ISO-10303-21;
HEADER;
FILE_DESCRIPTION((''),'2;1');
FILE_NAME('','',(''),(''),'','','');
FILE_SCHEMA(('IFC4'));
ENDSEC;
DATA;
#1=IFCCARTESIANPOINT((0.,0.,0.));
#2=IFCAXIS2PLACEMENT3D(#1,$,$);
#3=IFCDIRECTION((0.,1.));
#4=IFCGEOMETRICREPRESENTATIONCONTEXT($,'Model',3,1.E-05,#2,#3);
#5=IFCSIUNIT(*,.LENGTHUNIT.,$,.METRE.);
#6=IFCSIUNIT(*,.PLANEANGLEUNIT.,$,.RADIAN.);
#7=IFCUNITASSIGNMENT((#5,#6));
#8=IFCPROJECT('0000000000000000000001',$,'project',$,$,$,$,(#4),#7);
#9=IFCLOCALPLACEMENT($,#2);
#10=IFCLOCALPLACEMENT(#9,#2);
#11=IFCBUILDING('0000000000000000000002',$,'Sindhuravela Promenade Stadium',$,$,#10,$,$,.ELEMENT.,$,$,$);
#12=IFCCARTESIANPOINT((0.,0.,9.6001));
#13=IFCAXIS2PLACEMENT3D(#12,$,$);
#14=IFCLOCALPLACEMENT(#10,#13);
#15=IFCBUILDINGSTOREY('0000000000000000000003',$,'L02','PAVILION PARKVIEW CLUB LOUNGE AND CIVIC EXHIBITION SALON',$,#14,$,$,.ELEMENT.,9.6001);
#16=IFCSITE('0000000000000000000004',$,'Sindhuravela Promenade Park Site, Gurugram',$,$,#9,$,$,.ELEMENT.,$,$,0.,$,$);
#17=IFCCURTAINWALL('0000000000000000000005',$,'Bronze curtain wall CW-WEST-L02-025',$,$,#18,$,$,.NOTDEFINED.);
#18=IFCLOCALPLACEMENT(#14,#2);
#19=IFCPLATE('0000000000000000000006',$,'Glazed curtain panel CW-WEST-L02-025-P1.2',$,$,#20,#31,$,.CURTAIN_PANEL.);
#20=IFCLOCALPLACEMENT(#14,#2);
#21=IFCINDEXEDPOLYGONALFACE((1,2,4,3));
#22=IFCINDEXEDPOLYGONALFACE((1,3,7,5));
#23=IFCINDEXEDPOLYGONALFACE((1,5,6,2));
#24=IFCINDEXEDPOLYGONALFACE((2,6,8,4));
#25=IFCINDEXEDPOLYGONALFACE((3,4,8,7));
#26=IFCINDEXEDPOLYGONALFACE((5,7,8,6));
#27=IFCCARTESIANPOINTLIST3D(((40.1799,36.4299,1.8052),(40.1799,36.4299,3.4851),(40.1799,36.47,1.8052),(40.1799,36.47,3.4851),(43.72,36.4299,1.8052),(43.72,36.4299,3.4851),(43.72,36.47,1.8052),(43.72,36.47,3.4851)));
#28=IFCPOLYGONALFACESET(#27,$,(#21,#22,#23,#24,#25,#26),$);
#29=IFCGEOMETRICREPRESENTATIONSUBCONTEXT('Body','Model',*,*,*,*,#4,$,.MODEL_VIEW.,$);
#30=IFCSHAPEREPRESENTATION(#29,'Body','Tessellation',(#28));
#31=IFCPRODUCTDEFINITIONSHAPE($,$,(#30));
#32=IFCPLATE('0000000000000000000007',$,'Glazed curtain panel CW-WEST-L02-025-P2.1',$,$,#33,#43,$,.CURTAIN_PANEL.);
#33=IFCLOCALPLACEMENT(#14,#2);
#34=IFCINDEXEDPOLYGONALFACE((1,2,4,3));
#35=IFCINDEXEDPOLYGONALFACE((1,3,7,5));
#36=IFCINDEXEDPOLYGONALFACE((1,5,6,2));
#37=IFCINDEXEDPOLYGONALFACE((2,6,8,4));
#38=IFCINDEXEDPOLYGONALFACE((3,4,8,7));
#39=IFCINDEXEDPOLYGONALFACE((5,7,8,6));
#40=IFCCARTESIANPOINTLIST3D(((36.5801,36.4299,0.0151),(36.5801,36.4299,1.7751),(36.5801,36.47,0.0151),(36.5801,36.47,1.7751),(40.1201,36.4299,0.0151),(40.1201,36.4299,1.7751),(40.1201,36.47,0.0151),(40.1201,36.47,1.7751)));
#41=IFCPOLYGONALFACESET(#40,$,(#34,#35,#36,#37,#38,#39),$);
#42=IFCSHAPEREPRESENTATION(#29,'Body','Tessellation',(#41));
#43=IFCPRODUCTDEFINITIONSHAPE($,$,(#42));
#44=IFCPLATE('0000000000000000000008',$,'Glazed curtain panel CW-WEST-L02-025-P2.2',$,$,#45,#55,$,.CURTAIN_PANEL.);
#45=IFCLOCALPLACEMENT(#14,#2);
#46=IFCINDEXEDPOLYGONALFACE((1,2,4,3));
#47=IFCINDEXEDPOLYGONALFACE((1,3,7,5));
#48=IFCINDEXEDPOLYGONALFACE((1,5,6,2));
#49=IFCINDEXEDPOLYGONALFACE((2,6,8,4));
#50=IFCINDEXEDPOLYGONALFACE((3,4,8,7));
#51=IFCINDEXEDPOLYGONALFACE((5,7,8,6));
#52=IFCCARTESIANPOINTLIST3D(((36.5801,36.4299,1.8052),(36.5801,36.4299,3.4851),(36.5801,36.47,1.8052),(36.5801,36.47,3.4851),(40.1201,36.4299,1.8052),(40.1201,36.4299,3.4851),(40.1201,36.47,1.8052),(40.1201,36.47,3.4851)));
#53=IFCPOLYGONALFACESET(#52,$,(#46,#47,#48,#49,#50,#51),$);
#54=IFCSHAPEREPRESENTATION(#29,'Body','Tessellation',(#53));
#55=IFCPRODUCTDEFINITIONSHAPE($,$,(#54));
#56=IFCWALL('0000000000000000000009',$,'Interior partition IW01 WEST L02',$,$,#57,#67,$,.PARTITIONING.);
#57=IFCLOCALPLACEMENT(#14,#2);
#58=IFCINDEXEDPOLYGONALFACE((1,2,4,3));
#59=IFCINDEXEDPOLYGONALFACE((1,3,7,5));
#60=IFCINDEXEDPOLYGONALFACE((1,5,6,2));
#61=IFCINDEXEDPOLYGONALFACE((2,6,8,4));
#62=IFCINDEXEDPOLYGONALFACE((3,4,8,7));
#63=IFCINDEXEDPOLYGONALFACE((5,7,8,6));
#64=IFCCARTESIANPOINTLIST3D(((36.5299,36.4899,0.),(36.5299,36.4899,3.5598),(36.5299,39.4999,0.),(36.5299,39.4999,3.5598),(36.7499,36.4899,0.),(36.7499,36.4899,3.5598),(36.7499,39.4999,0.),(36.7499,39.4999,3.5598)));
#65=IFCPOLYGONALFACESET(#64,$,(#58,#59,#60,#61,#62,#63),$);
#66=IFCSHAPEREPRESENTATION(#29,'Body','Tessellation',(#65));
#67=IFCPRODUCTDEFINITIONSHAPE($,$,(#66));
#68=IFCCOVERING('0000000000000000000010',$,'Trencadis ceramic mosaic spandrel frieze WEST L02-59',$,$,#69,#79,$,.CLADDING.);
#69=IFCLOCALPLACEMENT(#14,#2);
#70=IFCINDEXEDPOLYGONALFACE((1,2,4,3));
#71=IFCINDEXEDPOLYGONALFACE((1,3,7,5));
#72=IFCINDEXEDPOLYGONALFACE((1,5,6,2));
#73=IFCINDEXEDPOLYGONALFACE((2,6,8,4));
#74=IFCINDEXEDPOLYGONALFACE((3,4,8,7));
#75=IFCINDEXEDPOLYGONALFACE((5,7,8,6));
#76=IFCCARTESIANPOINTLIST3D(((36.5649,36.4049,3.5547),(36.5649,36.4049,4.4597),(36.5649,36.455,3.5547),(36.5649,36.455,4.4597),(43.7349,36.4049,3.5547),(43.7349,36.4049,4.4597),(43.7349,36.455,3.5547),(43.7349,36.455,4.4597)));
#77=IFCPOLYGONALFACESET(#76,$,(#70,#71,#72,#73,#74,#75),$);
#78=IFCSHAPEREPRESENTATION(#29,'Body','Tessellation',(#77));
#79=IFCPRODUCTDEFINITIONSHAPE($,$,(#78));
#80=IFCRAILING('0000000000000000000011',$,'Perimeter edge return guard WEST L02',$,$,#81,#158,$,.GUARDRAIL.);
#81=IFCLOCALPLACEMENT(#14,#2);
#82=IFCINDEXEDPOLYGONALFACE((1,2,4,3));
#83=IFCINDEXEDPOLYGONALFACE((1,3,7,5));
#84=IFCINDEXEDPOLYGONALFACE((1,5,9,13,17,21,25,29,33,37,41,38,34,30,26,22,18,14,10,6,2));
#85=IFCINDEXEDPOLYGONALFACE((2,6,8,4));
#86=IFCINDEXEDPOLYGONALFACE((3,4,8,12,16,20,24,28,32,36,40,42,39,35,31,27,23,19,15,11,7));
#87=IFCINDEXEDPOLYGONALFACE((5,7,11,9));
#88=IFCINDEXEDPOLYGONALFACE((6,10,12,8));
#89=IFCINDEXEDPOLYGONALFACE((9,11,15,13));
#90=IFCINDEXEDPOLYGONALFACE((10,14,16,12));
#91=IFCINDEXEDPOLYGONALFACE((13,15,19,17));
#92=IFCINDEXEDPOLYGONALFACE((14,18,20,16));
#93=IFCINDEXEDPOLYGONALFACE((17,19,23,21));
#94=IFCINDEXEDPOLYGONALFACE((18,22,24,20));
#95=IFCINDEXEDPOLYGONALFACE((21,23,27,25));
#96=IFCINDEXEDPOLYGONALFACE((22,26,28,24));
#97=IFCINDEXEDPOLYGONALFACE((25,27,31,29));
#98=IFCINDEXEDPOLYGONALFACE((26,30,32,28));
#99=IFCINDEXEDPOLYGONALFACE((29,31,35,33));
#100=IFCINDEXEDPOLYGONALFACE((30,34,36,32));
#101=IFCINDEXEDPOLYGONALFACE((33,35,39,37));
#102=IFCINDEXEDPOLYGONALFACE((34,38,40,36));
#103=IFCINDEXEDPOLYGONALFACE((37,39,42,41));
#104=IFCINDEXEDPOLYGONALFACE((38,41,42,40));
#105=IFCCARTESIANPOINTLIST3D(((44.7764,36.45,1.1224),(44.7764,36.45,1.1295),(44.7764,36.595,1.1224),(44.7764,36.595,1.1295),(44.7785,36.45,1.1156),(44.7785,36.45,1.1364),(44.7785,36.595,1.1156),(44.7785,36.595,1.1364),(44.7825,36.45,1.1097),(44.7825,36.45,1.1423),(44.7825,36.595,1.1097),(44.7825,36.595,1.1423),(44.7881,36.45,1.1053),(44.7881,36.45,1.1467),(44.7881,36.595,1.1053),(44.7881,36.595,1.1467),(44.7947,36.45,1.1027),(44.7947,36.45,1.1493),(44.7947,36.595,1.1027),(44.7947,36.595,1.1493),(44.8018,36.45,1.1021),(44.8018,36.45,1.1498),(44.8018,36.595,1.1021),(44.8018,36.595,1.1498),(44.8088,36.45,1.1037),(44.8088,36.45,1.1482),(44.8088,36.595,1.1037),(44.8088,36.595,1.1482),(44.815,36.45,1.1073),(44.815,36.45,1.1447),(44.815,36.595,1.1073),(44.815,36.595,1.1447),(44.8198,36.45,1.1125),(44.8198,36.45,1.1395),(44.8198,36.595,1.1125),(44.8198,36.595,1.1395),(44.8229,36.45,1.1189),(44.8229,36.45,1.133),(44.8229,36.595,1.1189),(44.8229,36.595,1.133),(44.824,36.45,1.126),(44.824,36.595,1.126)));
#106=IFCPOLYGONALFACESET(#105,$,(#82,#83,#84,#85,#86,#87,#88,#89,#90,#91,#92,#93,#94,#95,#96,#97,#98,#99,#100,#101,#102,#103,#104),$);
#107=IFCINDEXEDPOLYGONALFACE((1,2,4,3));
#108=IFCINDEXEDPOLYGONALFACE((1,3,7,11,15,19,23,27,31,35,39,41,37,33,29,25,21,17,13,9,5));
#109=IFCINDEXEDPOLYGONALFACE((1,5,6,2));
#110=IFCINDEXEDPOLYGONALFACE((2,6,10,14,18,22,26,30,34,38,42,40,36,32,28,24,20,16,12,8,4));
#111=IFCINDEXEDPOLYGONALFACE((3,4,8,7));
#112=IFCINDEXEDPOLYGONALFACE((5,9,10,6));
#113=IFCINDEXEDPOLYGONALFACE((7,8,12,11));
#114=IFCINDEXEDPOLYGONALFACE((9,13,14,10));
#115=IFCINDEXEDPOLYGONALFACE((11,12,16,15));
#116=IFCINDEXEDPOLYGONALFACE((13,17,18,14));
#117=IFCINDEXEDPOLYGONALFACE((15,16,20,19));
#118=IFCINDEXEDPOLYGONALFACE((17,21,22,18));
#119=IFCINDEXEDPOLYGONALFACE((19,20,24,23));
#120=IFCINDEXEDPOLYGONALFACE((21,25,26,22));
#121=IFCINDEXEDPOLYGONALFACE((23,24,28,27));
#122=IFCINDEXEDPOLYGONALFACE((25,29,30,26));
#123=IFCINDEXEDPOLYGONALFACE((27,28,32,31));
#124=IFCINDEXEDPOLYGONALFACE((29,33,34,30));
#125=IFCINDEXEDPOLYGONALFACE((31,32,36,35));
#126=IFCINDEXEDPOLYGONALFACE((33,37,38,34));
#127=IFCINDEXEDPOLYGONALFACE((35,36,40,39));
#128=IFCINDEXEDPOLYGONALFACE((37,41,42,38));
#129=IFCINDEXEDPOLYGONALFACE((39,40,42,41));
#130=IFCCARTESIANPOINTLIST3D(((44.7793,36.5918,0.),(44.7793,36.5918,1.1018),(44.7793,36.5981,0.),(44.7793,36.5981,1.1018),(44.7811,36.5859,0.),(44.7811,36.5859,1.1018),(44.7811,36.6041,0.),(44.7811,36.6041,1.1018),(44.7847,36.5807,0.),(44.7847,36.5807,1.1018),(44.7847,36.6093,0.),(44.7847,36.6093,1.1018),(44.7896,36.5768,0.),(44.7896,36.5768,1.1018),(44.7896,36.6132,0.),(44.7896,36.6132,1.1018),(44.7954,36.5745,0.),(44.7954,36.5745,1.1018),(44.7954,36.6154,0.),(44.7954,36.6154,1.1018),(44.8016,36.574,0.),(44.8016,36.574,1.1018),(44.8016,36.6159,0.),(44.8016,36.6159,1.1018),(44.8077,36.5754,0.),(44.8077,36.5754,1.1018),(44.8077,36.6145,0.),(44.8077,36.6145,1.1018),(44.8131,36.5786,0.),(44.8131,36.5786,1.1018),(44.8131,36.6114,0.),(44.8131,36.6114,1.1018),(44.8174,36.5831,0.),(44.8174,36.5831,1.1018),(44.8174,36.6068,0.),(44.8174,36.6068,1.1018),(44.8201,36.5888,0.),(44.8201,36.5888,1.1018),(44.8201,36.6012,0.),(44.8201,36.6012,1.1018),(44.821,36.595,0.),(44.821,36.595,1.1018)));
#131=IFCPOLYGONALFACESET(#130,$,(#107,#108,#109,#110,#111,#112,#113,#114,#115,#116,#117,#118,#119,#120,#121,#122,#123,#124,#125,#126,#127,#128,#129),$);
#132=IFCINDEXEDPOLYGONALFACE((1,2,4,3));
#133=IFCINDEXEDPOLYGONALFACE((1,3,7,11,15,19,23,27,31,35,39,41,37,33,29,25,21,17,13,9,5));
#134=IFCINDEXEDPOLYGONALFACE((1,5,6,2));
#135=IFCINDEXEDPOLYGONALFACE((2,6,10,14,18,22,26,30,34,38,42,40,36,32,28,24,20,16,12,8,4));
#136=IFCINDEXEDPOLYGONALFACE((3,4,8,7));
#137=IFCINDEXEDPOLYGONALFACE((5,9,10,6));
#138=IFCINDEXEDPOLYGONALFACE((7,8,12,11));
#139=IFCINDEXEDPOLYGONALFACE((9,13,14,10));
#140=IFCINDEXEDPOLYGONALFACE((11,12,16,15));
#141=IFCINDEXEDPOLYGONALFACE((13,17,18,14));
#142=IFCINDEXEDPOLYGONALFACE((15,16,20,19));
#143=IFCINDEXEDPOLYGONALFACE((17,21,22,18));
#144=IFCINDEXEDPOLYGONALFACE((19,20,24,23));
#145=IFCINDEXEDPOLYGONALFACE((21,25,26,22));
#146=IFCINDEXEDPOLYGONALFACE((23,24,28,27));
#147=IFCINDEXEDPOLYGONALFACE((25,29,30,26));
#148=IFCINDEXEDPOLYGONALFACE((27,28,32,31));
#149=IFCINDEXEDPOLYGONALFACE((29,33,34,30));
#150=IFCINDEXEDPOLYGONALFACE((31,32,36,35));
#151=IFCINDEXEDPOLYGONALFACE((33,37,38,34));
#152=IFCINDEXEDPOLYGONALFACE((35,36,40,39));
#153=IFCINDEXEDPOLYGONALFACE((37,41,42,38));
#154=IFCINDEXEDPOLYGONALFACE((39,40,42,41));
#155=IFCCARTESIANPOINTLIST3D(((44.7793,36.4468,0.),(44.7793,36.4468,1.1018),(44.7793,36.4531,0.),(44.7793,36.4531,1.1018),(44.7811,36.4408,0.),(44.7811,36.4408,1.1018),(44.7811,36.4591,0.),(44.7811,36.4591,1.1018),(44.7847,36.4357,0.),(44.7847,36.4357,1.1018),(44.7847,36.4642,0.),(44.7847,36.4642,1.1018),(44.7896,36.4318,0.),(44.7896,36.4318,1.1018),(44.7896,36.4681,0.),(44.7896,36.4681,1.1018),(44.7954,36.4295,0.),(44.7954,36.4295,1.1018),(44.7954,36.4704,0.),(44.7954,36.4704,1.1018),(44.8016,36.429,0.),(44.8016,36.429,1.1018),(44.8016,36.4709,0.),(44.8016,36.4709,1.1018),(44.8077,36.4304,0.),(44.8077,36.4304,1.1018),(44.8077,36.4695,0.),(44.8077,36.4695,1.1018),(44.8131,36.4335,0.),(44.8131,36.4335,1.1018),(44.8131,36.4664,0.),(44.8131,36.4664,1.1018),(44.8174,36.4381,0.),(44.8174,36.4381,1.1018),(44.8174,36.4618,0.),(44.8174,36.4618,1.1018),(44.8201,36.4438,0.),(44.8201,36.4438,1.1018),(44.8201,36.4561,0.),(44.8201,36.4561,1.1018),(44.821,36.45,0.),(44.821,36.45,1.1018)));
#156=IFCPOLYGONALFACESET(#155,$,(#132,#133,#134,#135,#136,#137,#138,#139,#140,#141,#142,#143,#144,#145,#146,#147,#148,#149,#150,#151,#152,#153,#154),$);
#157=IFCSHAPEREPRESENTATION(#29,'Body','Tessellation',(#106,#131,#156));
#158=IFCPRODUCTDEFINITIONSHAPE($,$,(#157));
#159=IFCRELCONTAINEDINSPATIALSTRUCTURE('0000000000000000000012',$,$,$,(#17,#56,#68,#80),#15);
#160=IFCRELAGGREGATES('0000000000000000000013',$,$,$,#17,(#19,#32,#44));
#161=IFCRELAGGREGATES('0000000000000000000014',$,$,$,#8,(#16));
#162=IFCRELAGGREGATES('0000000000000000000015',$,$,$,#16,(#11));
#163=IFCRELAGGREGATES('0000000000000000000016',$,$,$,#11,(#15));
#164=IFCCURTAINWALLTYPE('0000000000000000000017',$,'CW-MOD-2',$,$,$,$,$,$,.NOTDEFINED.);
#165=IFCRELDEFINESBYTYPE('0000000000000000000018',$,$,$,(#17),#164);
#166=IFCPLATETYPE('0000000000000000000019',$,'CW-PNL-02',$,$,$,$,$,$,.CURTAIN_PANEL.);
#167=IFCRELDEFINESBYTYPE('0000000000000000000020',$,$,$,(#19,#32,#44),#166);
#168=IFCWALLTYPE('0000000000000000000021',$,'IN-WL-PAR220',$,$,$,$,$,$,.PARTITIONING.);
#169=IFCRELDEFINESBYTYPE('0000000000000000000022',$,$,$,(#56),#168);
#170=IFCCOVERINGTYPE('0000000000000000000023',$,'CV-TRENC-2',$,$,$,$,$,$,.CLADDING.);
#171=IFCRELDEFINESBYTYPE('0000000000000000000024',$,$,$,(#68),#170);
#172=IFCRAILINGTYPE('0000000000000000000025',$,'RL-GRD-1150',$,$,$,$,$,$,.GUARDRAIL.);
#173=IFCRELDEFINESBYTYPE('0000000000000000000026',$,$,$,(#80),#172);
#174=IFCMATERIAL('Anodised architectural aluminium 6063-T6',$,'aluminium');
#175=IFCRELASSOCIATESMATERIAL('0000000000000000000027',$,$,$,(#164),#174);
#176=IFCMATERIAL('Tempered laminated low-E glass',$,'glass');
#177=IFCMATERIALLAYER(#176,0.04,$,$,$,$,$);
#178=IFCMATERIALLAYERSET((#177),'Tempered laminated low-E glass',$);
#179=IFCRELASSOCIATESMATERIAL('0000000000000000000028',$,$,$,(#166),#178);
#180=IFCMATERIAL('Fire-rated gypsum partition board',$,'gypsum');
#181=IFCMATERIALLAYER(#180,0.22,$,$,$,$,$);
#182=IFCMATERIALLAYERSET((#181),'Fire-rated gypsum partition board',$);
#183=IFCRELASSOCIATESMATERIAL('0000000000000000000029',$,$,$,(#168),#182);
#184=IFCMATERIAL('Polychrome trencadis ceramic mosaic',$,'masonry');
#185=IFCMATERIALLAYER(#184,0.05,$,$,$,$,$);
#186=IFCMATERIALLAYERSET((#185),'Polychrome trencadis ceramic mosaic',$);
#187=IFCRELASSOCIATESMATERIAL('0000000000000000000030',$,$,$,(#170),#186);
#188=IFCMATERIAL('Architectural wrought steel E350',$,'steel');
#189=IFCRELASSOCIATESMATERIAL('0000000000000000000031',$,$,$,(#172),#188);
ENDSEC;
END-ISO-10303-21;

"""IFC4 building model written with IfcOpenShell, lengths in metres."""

from ifc_helpers import new_model, si_unit, direction, frame, frame_2d, origin, origin_2d, place, context, subcontext, project, spatial, rectangle, circle, extrude, material, layer, layer_set, type_object, element, aggregate, save


model = new_model("IFC4")

# Units and contexts
model_context = context("Model", 3, precision=1e-05, world=origin(), true_north=direction((0.0, 1.0)))
body_context = subcontext(model_context, "Body", "Model", "MODEL_VIEW")
ifc_project = project(units=[si_unit("LENGTHUNIT", "METRE"), si_unit("PLANEANGLEUNIT", "RADIAN")], contexts=[model_context])

# Site, building, storey
site_placement = place(None, origin())
site = spatial("IfcSite", under=ifc_project, at=site_placement, Name="Sindhuravela Promenade Park Site, Gurugram", CompositionType="ELEMENT", RefElevation=0.0)
building_placement = place(site_placement, origin())
building = spatial("IfcBuilding", under=site, at=building_placement, Name="Sindhuravela Promenade Stadium", CompositionType="ELEMENT")
storey_placement = place(building_placement, frame((0.0, 0.0, 9.6001)))
storey = spatial("IfcBuildingStorey", under=building, at=storey_placement, Name="L02", Description="PAVILION PARKVIEW CLUB LOUNGE AND CIVIC EXHIBITION SALON", CompositionType="ELEMENT", Elevation=9.6001)

# Curtain wall
ifc_material_1 = material(Name="Anodised architectural aluminium 6063-T6", Category="aluminium")
curtain_wall_type_1 = type_object("IfcCurtainWallType", Name="CW-MOD-2", PredefinedType="NOTDEFINED", material=ifc_material_1)
curtain_wall_1_placement = place(storey_placement, origin())
curtain_wall_1 = element("IfcCurtainWall", 1, at=curtain_wall_1_placement, inside=storey, type_object=curtain_wall_type_1, Name="Bronze curtain wall CW-WEST-L02-025", PredefinedType="NOTDEFINED")

# Plates
ifc_material_2 = material(Name="Tempered laminated low-E glass", Category="glass")
ifc_layer_1 = layer(ifc_material_2, 0.04)
ifc_layer_set_1 = layer_set([ifc_layer_1], Name="Tempered laminated low-E glass")
plate_type_1 = type_object("IfcPlateType", Name="CW-PNL-02", PredefinedType="CURTAIN_PANEL", material=ifc_layer_set_1)
plate_1_placement = place(storey_placement, frame((41.95, 36.45, 1.8052), z_axis=(0.0, 0.0, 1.0), x_axis=(-1.0, 0.0, 0.0)))
plate_1 = element("IfcPlate", 2, at=plate_1_placement, type_object=plate_type_1, Name="Glazed curtain panel CW-WEST-L02-025-P1.2", PredefinedType="CURTAIN_PANEL", context=body_context, shape_type="SweptSolid", body=[
    extrude(rectangle(XDim=3.54, YDim=0.04, at=origin_2d()), origin(), (0.0, 0.0, 1.0), 1.6799),
])
plate_2_placement = place(storey_placement, frame((38.3501, 36.45, 0.0151), z_axis=(0.0, 0.0, 1.0), x_axis=(-1.0, 0.0, 0.0)))
plate_2 = element("IfcPlate", 3, at=plate_2_placement, type_object=plate_type_1, Name="Glazed curtain panel CW-WEST-L02-025-P2.1", PredefinedType="CURTAIN_PANEL", context=body_context, shape_type="SweptSolid", body=[
    extrude(rectangle(XDim=3.54, YDim=0.04, at=origin_2d()), origin(), (0.0, 0.0, 1.0), 1.76),
])
plate_3_placement = place(storey_placement, frame((38.3501, 36.45, 1.8052), z_axis=(0.0, 0.0, 1.0), x_axis=(-1.0, 0.0, 0.0)))
plate_3 = element("IfcPlate", 4, at=plate_3_placement, type_object=plate_type_1, Name="Glazed curtain panel CW-WEST-L02-025-P2.2", PredefinedType="CURTAIN_PANEL", context=body_context, shape_type="SweptSolid", body=[
    extrude(rectangle(XDim=3.54, YDim=0.04, at=origin_2d()), origin(), (0.0, 0.0, 1.0), 1.6799),
])
aggregate(curtain_wall_1, [plate_1, plate_2, plate_3])

# Wall
ifc_material_3 = material(Name="Fire-rated gypsum partition board", Category="gypsum")
ifc_layer_2 = layer(ifc_material_3, 0.22)
ifc_layer_set_2 = layer_set([ifc_layer_2], Name="Fire-rated gypsum partition board")
wall_type = type_object("IfcWallType", Name="IN-WL-PAR220", PredefinedType="PARTITIONING", material=ifc_layer_set_2)
wall_placement = place(storey_placement, frame((36.6399, 36.49, 0.0), z_axis=(0.0, 0.0, 1.0), x_axis=(0.0, 1.0, 0.0)))
element("IfcWall", 5, at=wall_placement, inside=storey, type_object=wall_type, Name="Interior partition IW01 WEST L02", PredefinedType="PARTITIONING", context=body_context, shape_type="SweptSolid", body=[
    extrude(rectangle(XDim=3.01, YDim=0.22, at=frame_2d((1.5049, 0.0))), origin(), (0.0, 0.0, 1.0), 3.5598),
])

# Covering
ifc_material_4 = material(Name="Polychrome trencadis ceramic mosaic", Category="masonry")
ifc_layer_3 = layer(ifc_material_4, 0.05)
ifc_layer_set_3 = layer_set([ifc_layer_3], Name="Polychrome trencadis ceramic mosaic")
covering_type = type_object("IfcCoveringType", Name="CV-TRENC-2", PredefinedType="CLADDING", material=ifc_layer_set_3)
covering_placement = place(storey_placement, frame((40.1499, 36.4299, 3.5547), z_axis=(0.0, 0.0, 1.0), x_axis=(-1.0, 0.0, 0.0)))
element("IfcCovering", 6, at=covering_placement, inside=storey, type_object=covering_type, Name="Trencadis ceramic mosaic spandrel frieze WEST L02-59", PredefinedType="CLADDING", context=body_context, shape_type="SweptSolid", body=[
    extrude(rectangle(XDim=7.1699, YDim=0.05, at=origin_2d()), origin(), (0.0, 0.0, 1.0), 0.905),
])

# Railing
ifc_material_5 = material(Name="Architectural wrought steel E350", Category="steel")
railing_type = type_object("IfcRailingType", Name="RL-GRD-1150", PredefinedType="GUARDRAIL", material=ifc_material_5)
railing_placement = place(storey_placement, frame((44.8, 36.595, 0.0)))
element("IfcRailing", 7, at=railing_placement, inside=storey, type_object=railing_type, Name="Perimeter edge return guard WEST L02", PredefinedType="GUARDRAIL", context=body_context, shape_type="SweptSolid", body=[
    extrude(circle(Radius=0.0239, at=origin_2d()), frame((0.0, 0.0, 1.126), z_axis=(0.0, -1.0, 0.0), x_axis=(1.0, 0.0, 0.0)), (0.0, 0.0, 1.0), 0.145),
    extrude(circle(Radius=0.021, at=origin_2d()), origin(), (0.0, 0.0, 1.0), 1.1018),
    extrude(circle(Radius=0.021, at=origin_2d()), frame((0.0, -0.145, 0.0)), (0.0, 0.0, 1.0), 1.1018),
])

save(model, "model.ifc")
